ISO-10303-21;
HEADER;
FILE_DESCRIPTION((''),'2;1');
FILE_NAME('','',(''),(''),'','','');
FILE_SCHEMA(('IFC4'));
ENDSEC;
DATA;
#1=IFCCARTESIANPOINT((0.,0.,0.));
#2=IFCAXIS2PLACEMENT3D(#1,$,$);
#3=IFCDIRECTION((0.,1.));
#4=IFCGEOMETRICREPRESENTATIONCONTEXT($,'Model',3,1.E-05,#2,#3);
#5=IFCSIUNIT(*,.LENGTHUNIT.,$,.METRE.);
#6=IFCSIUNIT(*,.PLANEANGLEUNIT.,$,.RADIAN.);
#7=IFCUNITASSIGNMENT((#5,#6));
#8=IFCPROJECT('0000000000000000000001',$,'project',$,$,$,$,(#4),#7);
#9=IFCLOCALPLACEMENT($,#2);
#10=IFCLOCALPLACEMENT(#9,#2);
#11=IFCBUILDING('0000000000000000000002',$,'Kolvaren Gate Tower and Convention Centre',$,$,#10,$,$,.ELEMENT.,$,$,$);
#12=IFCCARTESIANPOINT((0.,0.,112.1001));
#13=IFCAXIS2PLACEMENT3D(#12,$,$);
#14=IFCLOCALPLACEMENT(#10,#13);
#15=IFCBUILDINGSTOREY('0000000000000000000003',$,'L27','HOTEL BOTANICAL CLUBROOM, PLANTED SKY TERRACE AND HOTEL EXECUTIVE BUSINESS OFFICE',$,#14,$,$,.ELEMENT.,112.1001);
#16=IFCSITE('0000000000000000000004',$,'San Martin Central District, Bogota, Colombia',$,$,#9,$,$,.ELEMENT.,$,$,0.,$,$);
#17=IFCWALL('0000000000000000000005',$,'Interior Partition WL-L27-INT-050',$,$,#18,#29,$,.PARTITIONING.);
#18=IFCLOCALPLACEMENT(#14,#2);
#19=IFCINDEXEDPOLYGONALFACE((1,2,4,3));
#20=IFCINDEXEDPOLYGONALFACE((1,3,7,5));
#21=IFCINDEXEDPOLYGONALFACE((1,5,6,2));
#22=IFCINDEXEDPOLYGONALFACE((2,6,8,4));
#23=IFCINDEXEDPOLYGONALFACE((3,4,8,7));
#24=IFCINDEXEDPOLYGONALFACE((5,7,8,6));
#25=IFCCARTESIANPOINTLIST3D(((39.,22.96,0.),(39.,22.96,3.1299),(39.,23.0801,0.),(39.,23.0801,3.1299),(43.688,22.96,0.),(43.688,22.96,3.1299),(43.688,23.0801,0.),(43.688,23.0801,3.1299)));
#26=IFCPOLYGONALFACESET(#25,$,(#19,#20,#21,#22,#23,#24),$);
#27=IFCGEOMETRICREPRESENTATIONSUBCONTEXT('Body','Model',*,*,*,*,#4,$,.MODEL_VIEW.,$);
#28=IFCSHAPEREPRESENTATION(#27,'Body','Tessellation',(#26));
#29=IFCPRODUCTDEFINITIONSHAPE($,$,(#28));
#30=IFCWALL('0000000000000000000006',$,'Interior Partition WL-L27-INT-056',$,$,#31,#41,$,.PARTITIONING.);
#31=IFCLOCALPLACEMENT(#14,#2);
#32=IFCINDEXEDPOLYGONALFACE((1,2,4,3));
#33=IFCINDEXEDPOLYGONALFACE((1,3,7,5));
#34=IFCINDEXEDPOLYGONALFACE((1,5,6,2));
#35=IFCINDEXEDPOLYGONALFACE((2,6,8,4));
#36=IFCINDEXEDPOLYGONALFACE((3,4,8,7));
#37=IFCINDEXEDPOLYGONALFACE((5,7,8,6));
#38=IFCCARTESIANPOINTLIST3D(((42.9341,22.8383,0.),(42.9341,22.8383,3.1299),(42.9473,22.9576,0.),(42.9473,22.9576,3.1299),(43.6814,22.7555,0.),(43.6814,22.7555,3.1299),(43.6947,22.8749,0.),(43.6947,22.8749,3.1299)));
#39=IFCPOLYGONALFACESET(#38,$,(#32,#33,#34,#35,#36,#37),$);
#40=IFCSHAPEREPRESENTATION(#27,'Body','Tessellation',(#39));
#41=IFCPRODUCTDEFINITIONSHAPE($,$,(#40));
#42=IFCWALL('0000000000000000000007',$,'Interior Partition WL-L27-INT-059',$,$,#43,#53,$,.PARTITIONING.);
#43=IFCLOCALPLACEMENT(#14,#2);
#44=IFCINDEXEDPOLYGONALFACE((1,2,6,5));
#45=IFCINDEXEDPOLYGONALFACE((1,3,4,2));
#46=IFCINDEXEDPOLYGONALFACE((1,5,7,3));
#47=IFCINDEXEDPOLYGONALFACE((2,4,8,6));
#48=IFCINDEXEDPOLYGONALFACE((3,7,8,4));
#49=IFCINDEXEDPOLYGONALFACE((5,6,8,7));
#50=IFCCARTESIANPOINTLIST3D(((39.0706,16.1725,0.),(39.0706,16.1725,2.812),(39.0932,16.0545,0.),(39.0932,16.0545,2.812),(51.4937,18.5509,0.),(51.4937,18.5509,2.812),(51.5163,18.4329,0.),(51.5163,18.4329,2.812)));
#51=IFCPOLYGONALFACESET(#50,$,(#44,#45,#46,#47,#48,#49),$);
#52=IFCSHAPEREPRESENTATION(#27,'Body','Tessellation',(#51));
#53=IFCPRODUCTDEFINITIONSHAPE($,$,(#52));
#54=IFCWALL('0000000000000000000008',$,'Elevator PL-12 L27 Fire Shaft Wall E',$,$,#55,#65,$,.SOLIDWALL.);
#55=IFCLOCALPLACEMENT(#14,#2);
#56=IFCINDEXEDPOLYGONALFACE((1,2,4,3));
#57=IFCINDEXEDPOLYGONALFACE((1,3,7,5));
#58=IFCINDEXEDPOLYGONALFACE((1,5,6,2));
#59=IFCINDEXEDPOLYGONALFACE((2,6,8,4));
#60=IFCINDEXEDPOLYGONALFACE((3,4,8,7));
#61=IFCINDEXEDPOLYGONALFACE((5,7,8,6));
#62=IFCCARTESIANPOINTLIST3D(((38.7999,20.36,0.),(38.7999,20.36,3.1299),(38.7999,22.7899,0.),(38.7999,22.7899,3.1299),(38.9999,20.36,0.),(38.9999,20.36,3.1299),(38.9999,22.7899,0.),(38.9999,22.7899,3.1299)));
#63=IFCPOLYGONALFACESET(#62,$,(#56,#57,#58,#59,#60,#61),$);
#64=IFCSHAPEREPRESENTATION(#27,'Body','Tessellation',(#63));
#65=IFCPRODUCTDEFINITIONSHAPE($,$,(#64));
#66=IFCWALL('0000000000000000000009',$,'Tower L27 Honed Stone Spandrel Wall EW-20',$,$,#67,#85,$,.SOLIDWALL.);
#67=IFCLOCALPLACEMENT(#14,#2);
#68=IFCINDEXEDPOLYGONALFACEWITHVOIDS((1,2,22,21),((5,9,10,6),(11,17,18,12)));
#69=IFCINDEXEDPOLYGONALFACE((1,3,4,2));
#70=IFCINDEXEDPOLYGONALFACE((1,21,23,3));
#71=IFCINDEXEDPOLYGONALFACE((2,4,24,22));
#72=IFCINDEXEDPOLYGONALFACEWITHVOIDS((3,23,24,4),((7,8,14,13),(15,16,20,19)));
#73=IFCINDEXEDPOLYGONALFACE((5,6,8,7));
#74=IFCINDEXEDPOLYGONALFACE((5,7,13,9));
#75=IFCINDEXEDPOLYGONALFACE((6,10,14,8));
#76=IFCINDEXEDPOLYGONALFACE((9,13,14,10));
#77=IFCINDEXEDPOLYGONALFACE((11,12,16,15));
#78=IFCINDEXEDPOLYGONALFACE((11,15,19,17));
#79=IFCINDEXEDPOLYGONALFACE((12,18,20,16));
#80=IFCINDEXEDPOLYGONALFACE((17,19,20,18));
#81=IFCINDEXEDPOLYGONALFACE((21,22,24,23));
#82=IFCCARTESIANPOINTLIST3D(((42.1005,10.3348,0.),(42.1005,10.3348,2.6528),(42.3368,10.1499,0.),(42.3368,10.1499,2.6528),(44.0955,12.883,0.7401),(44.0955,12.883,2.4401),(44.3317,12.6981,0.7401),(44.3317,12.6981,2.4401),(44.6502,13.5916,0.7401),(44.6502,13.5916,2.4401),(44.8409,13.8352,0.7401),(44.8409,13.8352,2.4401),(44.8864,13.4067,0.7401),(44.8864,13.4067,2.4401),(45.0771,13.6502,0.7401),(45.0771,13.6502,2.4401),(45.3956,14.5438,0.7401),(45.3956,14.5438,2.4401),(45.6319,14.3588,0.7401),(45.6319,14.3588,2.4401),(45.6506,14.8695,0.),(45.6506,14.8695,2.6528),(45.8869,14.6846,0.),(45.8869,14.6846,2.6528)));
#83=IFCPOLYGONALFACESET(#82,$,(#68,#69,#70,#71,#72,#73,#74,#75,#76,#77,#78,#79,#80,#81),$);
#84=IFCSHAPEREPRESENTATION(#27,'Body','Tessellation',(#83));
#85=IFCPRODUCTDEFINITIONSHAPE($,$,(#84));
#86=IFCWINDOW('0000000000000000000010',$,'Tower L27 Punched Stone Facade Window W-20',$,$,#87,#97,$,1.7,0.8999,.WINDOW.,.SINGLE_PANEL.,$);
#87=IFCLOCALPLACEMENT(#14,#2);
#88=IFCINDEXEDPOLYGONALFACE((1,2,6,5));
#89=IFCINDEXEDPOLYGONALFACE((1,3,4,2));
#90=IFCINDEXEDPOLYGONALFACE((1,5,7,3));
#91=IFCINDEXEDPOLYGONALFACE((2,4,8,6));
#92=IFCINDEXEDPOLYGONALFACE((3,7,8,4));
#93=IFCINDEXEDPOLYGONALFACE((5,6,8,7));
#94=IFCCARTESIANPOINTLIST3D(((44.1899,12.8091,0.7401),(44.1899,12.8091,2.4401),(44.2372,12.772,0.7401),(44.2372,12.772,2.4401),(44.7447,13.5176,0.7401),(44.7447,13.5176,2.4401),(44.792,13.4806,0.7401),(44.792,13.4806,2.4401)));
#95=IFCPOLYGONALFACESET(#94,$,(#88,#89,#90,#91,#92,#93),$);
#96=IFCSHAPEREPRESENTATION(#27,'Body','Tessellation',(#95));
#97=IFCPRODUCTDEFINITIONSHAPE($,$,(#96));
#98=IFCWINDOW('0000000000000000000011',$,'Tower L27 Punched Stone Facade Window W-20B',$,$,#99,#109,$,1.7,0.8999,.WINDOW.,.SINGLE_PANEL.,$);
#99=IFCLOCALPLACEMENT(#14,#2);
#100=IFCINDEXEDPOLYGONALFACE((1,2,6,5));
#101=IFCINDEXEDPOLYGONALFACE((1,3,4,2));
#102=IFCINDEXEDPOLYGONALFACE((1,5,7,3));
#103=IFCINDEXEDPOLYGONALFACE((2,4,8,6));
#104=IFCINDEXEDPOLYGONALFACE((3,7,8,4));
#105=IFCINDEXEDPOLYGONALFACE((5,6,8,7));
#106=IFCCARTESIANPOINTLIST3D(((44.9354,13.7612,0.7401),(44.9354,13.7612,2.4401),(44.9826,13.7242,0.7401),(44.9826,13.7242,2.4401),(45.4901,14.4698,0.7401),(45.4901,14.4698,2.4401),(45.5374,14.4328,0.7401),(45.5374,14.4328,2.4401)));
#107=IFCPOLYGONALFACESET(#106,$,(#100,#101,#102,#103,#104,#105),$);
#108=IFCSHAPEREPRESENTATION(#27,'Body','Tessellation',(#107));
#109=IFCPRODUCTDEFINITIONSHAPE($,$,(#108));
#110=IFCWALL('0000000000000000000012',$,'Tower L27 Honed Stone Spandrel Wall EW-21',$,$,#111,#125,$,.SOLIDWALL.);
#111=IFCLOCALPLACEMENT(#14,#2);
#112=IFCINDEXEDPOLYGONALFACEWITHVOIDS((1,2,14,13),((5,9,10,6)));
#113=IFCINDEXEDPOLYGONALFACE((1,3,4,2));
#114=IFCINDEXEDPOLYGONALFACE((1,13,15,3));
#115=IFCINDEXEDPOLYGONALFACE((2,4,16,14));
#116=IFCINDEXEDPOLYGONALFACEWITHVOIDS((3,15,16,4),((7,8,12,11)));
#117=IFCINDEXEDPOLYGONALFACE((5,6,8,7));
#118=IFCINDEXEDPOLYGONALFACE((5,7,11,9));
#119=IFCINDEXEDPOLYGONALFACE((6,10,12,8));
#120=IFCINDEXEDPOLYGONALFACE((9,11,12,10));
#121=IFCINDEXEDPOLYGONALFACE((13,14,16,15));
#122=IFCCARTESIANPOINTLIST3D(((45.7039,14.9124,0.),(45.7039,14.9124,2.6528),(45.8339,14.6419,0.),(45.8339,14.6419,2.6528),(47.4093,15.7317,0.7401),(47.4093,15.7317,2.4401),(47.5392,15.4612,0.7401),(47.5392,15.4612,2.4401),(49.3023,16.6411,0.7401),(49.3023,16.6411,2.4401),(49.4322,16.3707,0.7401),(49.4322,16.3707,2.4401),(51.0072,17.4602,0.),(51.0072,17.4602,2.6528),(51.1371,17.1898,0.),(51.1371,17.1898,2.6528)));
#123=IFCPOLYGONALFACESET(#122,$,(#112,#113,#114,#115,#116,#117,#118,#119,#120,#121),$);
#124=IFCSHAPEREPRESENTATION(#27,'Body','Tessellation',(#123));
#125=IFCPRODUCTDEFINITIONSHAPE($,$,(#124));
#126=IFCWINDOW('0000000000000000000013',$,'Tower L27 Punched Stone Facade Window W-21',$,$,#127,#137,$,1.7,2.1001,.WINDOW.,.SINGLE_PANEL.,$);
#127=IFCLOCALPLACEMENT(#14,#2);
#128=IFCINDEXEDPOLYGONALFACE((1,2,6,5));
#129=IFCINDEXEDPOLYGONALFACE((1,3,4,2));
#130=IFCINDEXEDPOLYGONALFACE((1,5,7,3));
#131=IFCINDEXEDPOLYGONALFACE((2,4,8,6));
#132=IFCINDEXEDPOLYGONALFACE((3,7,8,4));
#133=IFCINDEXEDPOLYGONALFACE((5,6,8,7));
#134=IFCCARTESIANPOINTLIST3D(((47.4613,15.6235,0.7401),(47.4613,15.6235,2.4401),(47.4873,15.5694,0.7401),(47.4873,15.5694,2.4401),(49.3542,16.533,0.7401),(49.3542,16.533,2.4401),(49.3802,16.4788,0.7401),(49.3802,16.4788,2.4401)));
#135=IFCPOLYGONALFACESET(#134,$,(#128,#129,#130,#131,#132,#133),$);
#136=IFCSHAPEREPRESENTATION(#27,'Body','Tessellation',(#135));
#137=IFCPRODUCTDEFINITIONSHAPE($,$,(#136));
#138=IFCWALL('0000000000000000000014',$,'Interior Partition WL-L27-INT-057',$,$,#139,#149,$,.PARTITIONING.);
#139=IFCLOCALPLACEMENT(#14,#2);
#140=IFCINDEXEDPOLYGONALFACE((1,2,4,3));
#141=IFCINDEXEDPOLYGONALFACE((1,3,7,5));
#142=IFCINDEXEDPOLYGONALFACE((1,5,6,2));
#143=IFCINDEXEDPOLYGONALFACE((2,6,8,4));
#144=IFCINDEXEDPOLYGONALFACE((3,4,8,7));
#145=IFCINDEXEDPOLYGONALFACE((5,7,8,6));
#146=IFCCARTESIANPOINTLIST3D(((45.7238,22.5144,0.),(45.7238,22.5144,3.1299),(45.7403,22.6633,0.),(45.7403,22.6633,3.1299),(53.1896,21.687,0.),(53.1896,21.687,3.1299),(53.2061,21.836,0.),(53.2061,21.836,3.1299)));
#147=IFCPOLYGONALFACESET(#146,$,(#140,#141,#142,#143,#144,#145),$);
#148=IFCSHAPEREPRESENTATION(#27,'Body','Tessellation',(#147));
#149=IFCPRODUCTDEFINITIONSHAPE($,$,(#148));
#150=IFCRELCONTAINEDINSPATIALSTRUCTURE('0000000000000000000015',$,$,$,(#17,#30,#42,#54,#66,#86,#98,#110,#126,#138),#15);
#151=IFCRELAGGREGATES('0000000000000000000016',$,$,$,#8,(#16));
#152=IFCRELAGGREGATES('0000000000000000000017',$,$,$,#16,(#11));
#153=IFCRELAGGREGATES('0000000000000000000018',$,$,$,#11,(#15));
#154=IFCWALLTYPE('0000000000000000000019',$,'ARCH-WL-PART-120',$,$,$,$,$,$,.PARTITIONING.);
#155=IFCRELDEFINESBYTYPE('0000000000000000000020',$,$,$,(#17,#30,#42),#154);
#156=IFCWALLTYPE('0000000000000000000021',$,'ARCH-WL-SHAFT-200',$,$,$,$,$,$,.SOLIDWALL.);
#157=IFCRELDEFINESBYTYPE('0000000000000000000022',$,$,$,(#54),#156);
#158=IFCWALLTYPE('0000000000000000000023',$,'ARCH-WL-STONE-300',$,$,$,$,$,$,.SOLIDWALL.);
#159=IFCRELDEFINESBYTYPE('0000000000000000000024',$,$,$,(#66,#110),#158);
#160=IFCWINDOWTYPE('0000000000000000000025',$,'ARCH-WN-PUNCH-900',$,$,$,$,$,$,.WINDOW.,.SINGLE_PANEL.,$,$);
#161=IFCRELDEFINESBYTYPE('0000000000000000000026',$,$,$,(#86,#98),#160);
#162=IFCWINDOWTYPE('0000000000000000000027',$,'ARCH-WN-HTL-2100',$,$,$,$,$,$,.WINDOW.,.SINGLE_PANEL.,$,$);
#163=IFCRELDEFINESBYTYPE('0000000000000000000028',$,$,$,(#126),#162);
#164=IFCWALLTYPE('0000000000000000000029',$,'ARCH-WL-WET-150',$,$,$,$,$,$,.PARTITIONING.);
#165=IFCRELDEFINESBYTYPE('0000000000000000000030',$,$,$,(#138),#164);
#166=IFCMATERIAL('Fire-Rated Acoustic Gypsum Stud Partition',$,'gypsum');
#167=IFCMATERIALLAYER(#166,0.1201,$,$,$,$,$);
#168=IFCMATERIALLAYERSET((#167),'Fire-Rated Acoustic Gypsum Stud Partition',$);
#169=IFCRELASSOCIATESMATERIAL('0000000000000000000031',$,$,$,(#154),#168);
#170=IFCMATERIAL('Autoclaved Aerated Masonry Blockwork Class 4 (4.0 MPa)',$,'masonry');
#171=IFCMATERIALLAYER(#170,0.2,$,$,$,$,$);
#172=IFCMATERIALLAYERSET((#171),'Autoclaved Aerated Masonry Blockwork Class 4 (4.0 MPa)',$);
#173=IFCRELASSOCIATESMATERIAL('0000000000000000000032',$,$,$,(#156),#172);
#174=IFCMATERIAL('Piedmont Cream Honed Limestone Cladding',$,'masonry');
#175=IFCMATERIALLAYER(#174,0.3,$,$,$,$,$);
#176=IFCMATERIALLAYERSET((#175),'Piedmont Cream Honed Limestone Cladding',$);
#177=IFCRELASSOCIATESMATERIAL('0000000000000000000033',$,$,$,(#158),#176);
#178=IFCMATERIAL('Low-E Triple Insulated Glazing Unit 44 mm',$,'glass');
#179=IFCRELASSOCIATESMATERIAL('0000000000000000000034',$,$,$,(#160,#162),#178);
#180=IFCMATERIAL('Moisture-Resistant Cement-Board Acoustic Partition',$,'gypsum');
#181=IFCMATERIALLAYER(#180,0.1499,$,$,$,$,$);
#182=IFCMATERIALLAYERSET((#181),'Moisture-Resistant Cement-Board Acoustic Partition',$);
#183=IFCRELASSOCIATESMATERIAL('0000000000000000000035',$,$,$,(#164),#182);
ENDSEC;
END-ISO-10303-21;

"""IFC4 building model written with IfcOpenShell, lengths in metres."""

from ifc_helpers import new_model, si_unit, direction, frame, frame_2d, origin, place, context, subcontext, project, spatial, rectangle, extrude, material, layer, layer_set, type_object, element, fill, save


model = new_model("IFC4")

# Units and contexts
model_context = context("Model", 3, precision=1e-05, world=origin(), true_north=direction((0.0, 1.0)))
body_context = subcontext(model_context, "Body", "Model", "MODEL_VIEW")
ifc_project = project(units=[si_unit("LENGTHUNIT", "METRE"), si_unit("PLANEANGLEUNIT", "RADIAN")], contexts=[model_context])

# Site, building, storey
site_placement = place(None, origin())
site = spatial("IfcSite", under=ifc_project, at=site_placement, Name="San Martin Central District, Bogota, Colombia", CompositionType="ELEMENT", RefElevation=0.0)
building_placement = place(site_placement, origin())
building = spatial("IfcBuilding", under=site, at=building_placement, Name="Kolvaren Gate Tower and Convention Centre", CompositionType="ELEMENT")
storey_placement = place(building_placement, frame((0.0, 0.0, 112.1001)))
storey = spatial("IfcBuildingStorey", under=building, at=storey_placement, Name="L27", Description="HOTEL BOTANICAL CLUBROOM, PLANTED SKY TERRACE AND HOTEL EXECUTIVE BUSINESS OFFICE", CompositionType="ELEMENT", Elevation=112.1001)

# Shared definitions
ifc_material_1 = material(Name="Fire-Rated Acoustic Gypsum Stud Partition", Category="gypsum")
ifc_layer_1 = layer(ifc_material_1, 0.1201)
ifc_layer_set_1 = layer_set([ifc_layer_1], Name="Fire-Rated Acoustic Gypsum Stud Partition")
wall_type_1 = type_object("IfcWallType", Name="ARCH-WL-PART-120", PredefinedType="PARTITIONING", material=ifc_layer_set_1)

# Walls
wall_1_placement = place(storey_placement, frame((39.0, 23.02, 0.0), z_axis=(0.0, 0.0, 1.0), x_axis=(1.0, 0.0, 0.0)))
element("IfcWall", 1, at=wall_1_placement, inside=storey, type_object=wall_type_1, Name="Interior Partition WL-L27-INT-050", PredefinedType="PARTITIONING", context=body_context, shape_type="SweptSolid", body=[
    extrude(rectangle(XDim=4.688, YDim=0.1201, at=frame_2d((2.344, 0.0))), origin(), (0.0, 0.0, 1.0), 3.1299),
])
wall_2_placement = place(storey_placement, frame((42.9407, 22.8979, 0.0), z_axis=(0.0, 0.0, 1.0), x_axis=(0.993923, -0.110075, 0.0)))
element("IfcWall", 2, at=wall_2_placement, inside=storey, type_object=wall_type_1, Name="Interior Partition WL-L27-INT-056", PredefinedType="PARTITIONING", context=body_context, shape_type="SweptSolid", body=[
    extrude(rectangle(XDim=0.752, YDim=0.1201, at=frame_2d((0.376, 0.0))), origin(), (0.0, 0.0, 1.0), 3.1299),
])
wall_3_placement = place(storey_placement, frame((39.082, 16.1135, 0.0), z_axis=(0.0, 0.0, 1.0), x_axis=(0.982162, 0.188036, 0.0)))
element("IfcWall", 3, at=wall_3_placement, inside=storey, type_object=wall_type_1, Name="Interior Partition WL-L27-INT-059", PredefinedType="PARTITIONING", context=body_context, shape_type="SweptSolid", body=[
    extrude(rectangle(XDim=12.6487, YDim=0.1201, at=frame_2d((6.3242, 0.0))), origin(), (0.0, 0.0, 1.0), 2.812),
])
ifc_material_2 = material(Name="Autoclaved Aerated Masonry Blockwork Class 4 (4.0 MPa)", Category="masonry")
ifc_layer_2 = layer(ifc_material_2, 0.2)
ifc_layer_set_2 = layer_set([ifc_layer_2], Name="Autoclaved Aerated Masonry Blockwork Class 4 (4.0 MPa)")
wall_type_2 = type_object("IfcWallType", Name="ARCH-WL-SHAFT-200", PredefinedType="SOLIDWALL", material=ifc_layer_set_2)
wall_4_placement = place(storey_placement, frame((38.8999, 20.3601, 0.0), z_axis=(0.0, 0.0, 1.0), x_axis=(0.0, 1.0, 0.0)))
element("IfcWall", 4, at=wall_4_placement, inside=storey, type_object=wall_type_2, Name="Elevator PL-12 L27 Fire Shaft Wall E", PredefinedType="SOLIDWALL", context=body_context, shape_type="SweptSolid", body=[
    extrude(rectangle(XDim=2.4299, YDim=0.2, at=frame_2d((1.2148, 0.0))), origin(), (0.0, 0.0, 1.0), 3.1299),
])

# Wall, openings, windows
ifc_material_3 = material(Name="Piedmont Cream Honed Limestone Cladding", Category="masonry")
ifc_layer_3 = layer(ifc_material_3, 0.3)
ifc_layer_set_3 = layer_set([ifc_layer_3], Name="Piedmont Cream Honed Limestone Cladding")
wall_type_3 = type_object("IfcWallType", Name="ARCH-WL-STONE-300", PredefinedType="SOLIDWALL", material=ifc_layer_set_3)
wall_5_placement = place(storey_placement, frame((42.2188, 10.2424, 0.0), z_axis=(0.0, 0.0, 1.0), x_axis=(0.616435, 0.787406, 0.0)))
wall_5 = element("IfcWall", 5, at=wall_5_placement, inside=storey, type_object=wall_type_3, Name="Tower L27 Honed Stone Spandrel Wall EW-20", PredefinedType="SOLIDWALL", context=body_context, shape_type="SweptSolid", body=[
    extrude(rectangle(XDim=5.759, YDim=0.3, at=frame_2d((2.8794, 0.0))), origin(), (0.0, 0.0, 1.0), 2.6528),
])
opening_1_placement = place(wall_5_placement, frame((3.2361, 0.0, 0.74)))
opening_1 = element("IfcOpeningElement", 6, at=opening_1_placement, cuts=wall_5, PredefinedType="OPENING", context=body_context, shape_type="SweptSolid", body=[
    extrude(rectangle(XDim=0.8999, YDim=1.7, at=frame_2d((0.45, 0.8501))), frame((0.0, 0.1599, 0.0), z_axis=(0.0, -1.0, 0.0), x_axis=(1.0, 0.0, 0.0)), (0.0, 0.0, 1.0), 0.3201),
])
opening_2_placement = place(wall_5_placement, frame((4.4453, 0.0, 0.74)))
opening_2 = element("IfcOpeningElement", 7, at=opening_2_placement, cuts=wall_5, PredefinedType="OPENING", context=body_context, shape_type="SweptSolid", body=[
    extrude(rectangle(XDim=0.8999, YDim=1.7, at=frame_2d((0.45, 0.8501))), frame((0.0, 0.1599, 0.0), z_axis=(0.0, -1.0, 0.0), x_axis=(1.0, 0.0, 0.0)), (0.0, 0.0, 1.0), 0.3201),
])
ifc_material_4 = material(Name="Low-E Triple Insulated Glazing Unit 44 mm", Category="glass")
window_type_1 = type_object("IfcWindowType", Name="ARCH-WN-PUNCH-900", PartitioningType="SINGLE_PANEL", PredefinedType="WINDOW", material=ifc_material_4)
window_1_placement = place(opening_1_placement, origin())
window_1 = element("IfcWindow", 8, at=window_1_placement, inside=storey, type_object=window_type_1, Name="Tower L27 Punched Stone Facade Window W-20", OverallHeight=1.7, OverallWidth=0.8999, PartitioningType="SINGLE_PANEL", PredefinedType="WINDOW", context=body_context, shape_type="SweptSolid", body=[
    extrude(rectangle(XDim=0.8999, YDim=1.7, at=frame_2d((0.45, 0.8501))), frame((0.0, 0.03, 0.0), z_axis=(0.0, -1.0, 0.0), x_axis=(1.0, 0.0, 0.0)), (0.0, 0.0, 1.0), 0.0601),
])
fill(opening_1, window_1)
window_2_placement = place(opening_2_placement, origin())
window_2 = element("IfcWindow", 9, at=window_2_placement, inside=storey, type_object=window_type_1, Name="Tower L27 Punched Stone Facade Window W-20B", OverallHeight=1.7, OverallWidth=0.8999, PartitioningType="SINGLE_PANEL", PredefinedType="WINDOW", context=body_context, shape_type="SweptSolid", body=[
    extrude(rectangle(XDim=0.8999, YDim=1.7, at=frame_2d((0.45, 0.8501))), frame((0.0, 0.03, 0.0), z_axis=(0.0, -1.0, 0.0), x_axis=(1.0, 0.0, 0.0)), (0.0, 0.0, 1.0), 0.0601),
])
fill(opening_2, window_2)

# Wall, opening, window
wall_6_placement = place(storey_placement, frame((45.7688, 14.7771, 0.0), z_axis=(0.0, 0.0, 1.0), x_axis=(0.90137, 0.433049, 0.0)))
wall_6 = element("IfcWall", 10, at=wall_6_placement, inside=storey, type_object=wall_type_3, Name="Tower L27 Honed Stone Spandrel Wall EW-21", PredefinedType="SOLIDWALL", context=body_context, shape_type="SweptSolid", body=[
    extrude(rectangle(XDim=5.8835, YDim=0.3, at=frame_2d((2.9419, 0.0))), origin(), (0.0, 0.0, 1.0), 2.6528),
])
opening_3_placement = place(wall_6_placement, frame((1.8921, 0.0, 0.74)))
opening_3 = element("IfcOpeningElement", 11, at=opening_3_placement, cuts=wall_6, PredefinedType="OPENING", context=body_context, shape_type="SweptSolid", body=[
    extrude(rectangle(XDim=2.1001, YDim=1.7, at=frame_2d((1.05, 0.8501))), frame((0.0, 0.1599, 0.0), z_axis=(0.0, -1.0, 0.0), x_axis=(1.0, 0.0, 0.0)), (0.0, 0.0, 1.0), 0.3201),
])
window_type_2 = type_object("IfcWindowType", Name="ARCH-WN-HTL-2100", PartitioningType="SINGLE_PANEL", PredefinedType="WINDOW", material=ifc_material_4)
window_3_placement = place(opening_3_placement, origin())
window_3 = element("IfcWindow", 12, at=window_3_placement, inside=storey, type_object=window_type_2, Name="Tower L27 Punched Stone Facade Window W-21", OverallHeight=1.7, OverallWidth=2.1001, PartitioningType="SINGLE_PANEL", PredefinedType="WINDOW", context=body_context, shape_type="SweptSolid", body=[
    extrude(rectangle(XDim=2.1001, YDim=1.7, at=frame_2d((1.05, 0.8501))), frame((0.0, 0.03, 0.0), z_axis=(0.0, -1.0, 0.0), x_axis=(1.0, 0.0, 0.0)), (0.0, 0.0, 1.0), 0.0601),
])
fill(opening_3, window_3)

# Wall
ifc_material_5 = material(Name="Moisture-Resistant Cement-Board Acoustic Partition", Category="gypsum")
ifc_layer_4 = layer(ifc_material_5, 0.1499)
ifc_layer_set_4 = layer_set([ifc_layer_4], Name="Moisture-Resistant Cement-Board Acoustic Partition")
wall_type_4 = type_object("IfcWallType", Name="ARCH-WL-WET-150", PredefinedType="PARTITIONING", material=ifc_layer_set_4)
wall_7_placement = place(storey_placement, frame((45.7319, 22.5889, 0.0), z_axis=(0.0, 0.0, 1.0), x_axis=(0.993915, -0.11015, 0.0)))
element("IfcWall", 13, at=wall_7_placement, inside=storey, type_object=wall_type_4, Name="Interior Partition WL-L27-INT-057", PredefinedType="PARTITIONING", context=body_context, shape_type="SweptSolid", body=[
    extrude(rectangle(XDim=7.5115, YDim=0.1499, at=frame_2d((3.7559, 0.0))), origin(), (0.0, 0.0, 1.0), 3.1299),
])

save(model, "model.ifc")
